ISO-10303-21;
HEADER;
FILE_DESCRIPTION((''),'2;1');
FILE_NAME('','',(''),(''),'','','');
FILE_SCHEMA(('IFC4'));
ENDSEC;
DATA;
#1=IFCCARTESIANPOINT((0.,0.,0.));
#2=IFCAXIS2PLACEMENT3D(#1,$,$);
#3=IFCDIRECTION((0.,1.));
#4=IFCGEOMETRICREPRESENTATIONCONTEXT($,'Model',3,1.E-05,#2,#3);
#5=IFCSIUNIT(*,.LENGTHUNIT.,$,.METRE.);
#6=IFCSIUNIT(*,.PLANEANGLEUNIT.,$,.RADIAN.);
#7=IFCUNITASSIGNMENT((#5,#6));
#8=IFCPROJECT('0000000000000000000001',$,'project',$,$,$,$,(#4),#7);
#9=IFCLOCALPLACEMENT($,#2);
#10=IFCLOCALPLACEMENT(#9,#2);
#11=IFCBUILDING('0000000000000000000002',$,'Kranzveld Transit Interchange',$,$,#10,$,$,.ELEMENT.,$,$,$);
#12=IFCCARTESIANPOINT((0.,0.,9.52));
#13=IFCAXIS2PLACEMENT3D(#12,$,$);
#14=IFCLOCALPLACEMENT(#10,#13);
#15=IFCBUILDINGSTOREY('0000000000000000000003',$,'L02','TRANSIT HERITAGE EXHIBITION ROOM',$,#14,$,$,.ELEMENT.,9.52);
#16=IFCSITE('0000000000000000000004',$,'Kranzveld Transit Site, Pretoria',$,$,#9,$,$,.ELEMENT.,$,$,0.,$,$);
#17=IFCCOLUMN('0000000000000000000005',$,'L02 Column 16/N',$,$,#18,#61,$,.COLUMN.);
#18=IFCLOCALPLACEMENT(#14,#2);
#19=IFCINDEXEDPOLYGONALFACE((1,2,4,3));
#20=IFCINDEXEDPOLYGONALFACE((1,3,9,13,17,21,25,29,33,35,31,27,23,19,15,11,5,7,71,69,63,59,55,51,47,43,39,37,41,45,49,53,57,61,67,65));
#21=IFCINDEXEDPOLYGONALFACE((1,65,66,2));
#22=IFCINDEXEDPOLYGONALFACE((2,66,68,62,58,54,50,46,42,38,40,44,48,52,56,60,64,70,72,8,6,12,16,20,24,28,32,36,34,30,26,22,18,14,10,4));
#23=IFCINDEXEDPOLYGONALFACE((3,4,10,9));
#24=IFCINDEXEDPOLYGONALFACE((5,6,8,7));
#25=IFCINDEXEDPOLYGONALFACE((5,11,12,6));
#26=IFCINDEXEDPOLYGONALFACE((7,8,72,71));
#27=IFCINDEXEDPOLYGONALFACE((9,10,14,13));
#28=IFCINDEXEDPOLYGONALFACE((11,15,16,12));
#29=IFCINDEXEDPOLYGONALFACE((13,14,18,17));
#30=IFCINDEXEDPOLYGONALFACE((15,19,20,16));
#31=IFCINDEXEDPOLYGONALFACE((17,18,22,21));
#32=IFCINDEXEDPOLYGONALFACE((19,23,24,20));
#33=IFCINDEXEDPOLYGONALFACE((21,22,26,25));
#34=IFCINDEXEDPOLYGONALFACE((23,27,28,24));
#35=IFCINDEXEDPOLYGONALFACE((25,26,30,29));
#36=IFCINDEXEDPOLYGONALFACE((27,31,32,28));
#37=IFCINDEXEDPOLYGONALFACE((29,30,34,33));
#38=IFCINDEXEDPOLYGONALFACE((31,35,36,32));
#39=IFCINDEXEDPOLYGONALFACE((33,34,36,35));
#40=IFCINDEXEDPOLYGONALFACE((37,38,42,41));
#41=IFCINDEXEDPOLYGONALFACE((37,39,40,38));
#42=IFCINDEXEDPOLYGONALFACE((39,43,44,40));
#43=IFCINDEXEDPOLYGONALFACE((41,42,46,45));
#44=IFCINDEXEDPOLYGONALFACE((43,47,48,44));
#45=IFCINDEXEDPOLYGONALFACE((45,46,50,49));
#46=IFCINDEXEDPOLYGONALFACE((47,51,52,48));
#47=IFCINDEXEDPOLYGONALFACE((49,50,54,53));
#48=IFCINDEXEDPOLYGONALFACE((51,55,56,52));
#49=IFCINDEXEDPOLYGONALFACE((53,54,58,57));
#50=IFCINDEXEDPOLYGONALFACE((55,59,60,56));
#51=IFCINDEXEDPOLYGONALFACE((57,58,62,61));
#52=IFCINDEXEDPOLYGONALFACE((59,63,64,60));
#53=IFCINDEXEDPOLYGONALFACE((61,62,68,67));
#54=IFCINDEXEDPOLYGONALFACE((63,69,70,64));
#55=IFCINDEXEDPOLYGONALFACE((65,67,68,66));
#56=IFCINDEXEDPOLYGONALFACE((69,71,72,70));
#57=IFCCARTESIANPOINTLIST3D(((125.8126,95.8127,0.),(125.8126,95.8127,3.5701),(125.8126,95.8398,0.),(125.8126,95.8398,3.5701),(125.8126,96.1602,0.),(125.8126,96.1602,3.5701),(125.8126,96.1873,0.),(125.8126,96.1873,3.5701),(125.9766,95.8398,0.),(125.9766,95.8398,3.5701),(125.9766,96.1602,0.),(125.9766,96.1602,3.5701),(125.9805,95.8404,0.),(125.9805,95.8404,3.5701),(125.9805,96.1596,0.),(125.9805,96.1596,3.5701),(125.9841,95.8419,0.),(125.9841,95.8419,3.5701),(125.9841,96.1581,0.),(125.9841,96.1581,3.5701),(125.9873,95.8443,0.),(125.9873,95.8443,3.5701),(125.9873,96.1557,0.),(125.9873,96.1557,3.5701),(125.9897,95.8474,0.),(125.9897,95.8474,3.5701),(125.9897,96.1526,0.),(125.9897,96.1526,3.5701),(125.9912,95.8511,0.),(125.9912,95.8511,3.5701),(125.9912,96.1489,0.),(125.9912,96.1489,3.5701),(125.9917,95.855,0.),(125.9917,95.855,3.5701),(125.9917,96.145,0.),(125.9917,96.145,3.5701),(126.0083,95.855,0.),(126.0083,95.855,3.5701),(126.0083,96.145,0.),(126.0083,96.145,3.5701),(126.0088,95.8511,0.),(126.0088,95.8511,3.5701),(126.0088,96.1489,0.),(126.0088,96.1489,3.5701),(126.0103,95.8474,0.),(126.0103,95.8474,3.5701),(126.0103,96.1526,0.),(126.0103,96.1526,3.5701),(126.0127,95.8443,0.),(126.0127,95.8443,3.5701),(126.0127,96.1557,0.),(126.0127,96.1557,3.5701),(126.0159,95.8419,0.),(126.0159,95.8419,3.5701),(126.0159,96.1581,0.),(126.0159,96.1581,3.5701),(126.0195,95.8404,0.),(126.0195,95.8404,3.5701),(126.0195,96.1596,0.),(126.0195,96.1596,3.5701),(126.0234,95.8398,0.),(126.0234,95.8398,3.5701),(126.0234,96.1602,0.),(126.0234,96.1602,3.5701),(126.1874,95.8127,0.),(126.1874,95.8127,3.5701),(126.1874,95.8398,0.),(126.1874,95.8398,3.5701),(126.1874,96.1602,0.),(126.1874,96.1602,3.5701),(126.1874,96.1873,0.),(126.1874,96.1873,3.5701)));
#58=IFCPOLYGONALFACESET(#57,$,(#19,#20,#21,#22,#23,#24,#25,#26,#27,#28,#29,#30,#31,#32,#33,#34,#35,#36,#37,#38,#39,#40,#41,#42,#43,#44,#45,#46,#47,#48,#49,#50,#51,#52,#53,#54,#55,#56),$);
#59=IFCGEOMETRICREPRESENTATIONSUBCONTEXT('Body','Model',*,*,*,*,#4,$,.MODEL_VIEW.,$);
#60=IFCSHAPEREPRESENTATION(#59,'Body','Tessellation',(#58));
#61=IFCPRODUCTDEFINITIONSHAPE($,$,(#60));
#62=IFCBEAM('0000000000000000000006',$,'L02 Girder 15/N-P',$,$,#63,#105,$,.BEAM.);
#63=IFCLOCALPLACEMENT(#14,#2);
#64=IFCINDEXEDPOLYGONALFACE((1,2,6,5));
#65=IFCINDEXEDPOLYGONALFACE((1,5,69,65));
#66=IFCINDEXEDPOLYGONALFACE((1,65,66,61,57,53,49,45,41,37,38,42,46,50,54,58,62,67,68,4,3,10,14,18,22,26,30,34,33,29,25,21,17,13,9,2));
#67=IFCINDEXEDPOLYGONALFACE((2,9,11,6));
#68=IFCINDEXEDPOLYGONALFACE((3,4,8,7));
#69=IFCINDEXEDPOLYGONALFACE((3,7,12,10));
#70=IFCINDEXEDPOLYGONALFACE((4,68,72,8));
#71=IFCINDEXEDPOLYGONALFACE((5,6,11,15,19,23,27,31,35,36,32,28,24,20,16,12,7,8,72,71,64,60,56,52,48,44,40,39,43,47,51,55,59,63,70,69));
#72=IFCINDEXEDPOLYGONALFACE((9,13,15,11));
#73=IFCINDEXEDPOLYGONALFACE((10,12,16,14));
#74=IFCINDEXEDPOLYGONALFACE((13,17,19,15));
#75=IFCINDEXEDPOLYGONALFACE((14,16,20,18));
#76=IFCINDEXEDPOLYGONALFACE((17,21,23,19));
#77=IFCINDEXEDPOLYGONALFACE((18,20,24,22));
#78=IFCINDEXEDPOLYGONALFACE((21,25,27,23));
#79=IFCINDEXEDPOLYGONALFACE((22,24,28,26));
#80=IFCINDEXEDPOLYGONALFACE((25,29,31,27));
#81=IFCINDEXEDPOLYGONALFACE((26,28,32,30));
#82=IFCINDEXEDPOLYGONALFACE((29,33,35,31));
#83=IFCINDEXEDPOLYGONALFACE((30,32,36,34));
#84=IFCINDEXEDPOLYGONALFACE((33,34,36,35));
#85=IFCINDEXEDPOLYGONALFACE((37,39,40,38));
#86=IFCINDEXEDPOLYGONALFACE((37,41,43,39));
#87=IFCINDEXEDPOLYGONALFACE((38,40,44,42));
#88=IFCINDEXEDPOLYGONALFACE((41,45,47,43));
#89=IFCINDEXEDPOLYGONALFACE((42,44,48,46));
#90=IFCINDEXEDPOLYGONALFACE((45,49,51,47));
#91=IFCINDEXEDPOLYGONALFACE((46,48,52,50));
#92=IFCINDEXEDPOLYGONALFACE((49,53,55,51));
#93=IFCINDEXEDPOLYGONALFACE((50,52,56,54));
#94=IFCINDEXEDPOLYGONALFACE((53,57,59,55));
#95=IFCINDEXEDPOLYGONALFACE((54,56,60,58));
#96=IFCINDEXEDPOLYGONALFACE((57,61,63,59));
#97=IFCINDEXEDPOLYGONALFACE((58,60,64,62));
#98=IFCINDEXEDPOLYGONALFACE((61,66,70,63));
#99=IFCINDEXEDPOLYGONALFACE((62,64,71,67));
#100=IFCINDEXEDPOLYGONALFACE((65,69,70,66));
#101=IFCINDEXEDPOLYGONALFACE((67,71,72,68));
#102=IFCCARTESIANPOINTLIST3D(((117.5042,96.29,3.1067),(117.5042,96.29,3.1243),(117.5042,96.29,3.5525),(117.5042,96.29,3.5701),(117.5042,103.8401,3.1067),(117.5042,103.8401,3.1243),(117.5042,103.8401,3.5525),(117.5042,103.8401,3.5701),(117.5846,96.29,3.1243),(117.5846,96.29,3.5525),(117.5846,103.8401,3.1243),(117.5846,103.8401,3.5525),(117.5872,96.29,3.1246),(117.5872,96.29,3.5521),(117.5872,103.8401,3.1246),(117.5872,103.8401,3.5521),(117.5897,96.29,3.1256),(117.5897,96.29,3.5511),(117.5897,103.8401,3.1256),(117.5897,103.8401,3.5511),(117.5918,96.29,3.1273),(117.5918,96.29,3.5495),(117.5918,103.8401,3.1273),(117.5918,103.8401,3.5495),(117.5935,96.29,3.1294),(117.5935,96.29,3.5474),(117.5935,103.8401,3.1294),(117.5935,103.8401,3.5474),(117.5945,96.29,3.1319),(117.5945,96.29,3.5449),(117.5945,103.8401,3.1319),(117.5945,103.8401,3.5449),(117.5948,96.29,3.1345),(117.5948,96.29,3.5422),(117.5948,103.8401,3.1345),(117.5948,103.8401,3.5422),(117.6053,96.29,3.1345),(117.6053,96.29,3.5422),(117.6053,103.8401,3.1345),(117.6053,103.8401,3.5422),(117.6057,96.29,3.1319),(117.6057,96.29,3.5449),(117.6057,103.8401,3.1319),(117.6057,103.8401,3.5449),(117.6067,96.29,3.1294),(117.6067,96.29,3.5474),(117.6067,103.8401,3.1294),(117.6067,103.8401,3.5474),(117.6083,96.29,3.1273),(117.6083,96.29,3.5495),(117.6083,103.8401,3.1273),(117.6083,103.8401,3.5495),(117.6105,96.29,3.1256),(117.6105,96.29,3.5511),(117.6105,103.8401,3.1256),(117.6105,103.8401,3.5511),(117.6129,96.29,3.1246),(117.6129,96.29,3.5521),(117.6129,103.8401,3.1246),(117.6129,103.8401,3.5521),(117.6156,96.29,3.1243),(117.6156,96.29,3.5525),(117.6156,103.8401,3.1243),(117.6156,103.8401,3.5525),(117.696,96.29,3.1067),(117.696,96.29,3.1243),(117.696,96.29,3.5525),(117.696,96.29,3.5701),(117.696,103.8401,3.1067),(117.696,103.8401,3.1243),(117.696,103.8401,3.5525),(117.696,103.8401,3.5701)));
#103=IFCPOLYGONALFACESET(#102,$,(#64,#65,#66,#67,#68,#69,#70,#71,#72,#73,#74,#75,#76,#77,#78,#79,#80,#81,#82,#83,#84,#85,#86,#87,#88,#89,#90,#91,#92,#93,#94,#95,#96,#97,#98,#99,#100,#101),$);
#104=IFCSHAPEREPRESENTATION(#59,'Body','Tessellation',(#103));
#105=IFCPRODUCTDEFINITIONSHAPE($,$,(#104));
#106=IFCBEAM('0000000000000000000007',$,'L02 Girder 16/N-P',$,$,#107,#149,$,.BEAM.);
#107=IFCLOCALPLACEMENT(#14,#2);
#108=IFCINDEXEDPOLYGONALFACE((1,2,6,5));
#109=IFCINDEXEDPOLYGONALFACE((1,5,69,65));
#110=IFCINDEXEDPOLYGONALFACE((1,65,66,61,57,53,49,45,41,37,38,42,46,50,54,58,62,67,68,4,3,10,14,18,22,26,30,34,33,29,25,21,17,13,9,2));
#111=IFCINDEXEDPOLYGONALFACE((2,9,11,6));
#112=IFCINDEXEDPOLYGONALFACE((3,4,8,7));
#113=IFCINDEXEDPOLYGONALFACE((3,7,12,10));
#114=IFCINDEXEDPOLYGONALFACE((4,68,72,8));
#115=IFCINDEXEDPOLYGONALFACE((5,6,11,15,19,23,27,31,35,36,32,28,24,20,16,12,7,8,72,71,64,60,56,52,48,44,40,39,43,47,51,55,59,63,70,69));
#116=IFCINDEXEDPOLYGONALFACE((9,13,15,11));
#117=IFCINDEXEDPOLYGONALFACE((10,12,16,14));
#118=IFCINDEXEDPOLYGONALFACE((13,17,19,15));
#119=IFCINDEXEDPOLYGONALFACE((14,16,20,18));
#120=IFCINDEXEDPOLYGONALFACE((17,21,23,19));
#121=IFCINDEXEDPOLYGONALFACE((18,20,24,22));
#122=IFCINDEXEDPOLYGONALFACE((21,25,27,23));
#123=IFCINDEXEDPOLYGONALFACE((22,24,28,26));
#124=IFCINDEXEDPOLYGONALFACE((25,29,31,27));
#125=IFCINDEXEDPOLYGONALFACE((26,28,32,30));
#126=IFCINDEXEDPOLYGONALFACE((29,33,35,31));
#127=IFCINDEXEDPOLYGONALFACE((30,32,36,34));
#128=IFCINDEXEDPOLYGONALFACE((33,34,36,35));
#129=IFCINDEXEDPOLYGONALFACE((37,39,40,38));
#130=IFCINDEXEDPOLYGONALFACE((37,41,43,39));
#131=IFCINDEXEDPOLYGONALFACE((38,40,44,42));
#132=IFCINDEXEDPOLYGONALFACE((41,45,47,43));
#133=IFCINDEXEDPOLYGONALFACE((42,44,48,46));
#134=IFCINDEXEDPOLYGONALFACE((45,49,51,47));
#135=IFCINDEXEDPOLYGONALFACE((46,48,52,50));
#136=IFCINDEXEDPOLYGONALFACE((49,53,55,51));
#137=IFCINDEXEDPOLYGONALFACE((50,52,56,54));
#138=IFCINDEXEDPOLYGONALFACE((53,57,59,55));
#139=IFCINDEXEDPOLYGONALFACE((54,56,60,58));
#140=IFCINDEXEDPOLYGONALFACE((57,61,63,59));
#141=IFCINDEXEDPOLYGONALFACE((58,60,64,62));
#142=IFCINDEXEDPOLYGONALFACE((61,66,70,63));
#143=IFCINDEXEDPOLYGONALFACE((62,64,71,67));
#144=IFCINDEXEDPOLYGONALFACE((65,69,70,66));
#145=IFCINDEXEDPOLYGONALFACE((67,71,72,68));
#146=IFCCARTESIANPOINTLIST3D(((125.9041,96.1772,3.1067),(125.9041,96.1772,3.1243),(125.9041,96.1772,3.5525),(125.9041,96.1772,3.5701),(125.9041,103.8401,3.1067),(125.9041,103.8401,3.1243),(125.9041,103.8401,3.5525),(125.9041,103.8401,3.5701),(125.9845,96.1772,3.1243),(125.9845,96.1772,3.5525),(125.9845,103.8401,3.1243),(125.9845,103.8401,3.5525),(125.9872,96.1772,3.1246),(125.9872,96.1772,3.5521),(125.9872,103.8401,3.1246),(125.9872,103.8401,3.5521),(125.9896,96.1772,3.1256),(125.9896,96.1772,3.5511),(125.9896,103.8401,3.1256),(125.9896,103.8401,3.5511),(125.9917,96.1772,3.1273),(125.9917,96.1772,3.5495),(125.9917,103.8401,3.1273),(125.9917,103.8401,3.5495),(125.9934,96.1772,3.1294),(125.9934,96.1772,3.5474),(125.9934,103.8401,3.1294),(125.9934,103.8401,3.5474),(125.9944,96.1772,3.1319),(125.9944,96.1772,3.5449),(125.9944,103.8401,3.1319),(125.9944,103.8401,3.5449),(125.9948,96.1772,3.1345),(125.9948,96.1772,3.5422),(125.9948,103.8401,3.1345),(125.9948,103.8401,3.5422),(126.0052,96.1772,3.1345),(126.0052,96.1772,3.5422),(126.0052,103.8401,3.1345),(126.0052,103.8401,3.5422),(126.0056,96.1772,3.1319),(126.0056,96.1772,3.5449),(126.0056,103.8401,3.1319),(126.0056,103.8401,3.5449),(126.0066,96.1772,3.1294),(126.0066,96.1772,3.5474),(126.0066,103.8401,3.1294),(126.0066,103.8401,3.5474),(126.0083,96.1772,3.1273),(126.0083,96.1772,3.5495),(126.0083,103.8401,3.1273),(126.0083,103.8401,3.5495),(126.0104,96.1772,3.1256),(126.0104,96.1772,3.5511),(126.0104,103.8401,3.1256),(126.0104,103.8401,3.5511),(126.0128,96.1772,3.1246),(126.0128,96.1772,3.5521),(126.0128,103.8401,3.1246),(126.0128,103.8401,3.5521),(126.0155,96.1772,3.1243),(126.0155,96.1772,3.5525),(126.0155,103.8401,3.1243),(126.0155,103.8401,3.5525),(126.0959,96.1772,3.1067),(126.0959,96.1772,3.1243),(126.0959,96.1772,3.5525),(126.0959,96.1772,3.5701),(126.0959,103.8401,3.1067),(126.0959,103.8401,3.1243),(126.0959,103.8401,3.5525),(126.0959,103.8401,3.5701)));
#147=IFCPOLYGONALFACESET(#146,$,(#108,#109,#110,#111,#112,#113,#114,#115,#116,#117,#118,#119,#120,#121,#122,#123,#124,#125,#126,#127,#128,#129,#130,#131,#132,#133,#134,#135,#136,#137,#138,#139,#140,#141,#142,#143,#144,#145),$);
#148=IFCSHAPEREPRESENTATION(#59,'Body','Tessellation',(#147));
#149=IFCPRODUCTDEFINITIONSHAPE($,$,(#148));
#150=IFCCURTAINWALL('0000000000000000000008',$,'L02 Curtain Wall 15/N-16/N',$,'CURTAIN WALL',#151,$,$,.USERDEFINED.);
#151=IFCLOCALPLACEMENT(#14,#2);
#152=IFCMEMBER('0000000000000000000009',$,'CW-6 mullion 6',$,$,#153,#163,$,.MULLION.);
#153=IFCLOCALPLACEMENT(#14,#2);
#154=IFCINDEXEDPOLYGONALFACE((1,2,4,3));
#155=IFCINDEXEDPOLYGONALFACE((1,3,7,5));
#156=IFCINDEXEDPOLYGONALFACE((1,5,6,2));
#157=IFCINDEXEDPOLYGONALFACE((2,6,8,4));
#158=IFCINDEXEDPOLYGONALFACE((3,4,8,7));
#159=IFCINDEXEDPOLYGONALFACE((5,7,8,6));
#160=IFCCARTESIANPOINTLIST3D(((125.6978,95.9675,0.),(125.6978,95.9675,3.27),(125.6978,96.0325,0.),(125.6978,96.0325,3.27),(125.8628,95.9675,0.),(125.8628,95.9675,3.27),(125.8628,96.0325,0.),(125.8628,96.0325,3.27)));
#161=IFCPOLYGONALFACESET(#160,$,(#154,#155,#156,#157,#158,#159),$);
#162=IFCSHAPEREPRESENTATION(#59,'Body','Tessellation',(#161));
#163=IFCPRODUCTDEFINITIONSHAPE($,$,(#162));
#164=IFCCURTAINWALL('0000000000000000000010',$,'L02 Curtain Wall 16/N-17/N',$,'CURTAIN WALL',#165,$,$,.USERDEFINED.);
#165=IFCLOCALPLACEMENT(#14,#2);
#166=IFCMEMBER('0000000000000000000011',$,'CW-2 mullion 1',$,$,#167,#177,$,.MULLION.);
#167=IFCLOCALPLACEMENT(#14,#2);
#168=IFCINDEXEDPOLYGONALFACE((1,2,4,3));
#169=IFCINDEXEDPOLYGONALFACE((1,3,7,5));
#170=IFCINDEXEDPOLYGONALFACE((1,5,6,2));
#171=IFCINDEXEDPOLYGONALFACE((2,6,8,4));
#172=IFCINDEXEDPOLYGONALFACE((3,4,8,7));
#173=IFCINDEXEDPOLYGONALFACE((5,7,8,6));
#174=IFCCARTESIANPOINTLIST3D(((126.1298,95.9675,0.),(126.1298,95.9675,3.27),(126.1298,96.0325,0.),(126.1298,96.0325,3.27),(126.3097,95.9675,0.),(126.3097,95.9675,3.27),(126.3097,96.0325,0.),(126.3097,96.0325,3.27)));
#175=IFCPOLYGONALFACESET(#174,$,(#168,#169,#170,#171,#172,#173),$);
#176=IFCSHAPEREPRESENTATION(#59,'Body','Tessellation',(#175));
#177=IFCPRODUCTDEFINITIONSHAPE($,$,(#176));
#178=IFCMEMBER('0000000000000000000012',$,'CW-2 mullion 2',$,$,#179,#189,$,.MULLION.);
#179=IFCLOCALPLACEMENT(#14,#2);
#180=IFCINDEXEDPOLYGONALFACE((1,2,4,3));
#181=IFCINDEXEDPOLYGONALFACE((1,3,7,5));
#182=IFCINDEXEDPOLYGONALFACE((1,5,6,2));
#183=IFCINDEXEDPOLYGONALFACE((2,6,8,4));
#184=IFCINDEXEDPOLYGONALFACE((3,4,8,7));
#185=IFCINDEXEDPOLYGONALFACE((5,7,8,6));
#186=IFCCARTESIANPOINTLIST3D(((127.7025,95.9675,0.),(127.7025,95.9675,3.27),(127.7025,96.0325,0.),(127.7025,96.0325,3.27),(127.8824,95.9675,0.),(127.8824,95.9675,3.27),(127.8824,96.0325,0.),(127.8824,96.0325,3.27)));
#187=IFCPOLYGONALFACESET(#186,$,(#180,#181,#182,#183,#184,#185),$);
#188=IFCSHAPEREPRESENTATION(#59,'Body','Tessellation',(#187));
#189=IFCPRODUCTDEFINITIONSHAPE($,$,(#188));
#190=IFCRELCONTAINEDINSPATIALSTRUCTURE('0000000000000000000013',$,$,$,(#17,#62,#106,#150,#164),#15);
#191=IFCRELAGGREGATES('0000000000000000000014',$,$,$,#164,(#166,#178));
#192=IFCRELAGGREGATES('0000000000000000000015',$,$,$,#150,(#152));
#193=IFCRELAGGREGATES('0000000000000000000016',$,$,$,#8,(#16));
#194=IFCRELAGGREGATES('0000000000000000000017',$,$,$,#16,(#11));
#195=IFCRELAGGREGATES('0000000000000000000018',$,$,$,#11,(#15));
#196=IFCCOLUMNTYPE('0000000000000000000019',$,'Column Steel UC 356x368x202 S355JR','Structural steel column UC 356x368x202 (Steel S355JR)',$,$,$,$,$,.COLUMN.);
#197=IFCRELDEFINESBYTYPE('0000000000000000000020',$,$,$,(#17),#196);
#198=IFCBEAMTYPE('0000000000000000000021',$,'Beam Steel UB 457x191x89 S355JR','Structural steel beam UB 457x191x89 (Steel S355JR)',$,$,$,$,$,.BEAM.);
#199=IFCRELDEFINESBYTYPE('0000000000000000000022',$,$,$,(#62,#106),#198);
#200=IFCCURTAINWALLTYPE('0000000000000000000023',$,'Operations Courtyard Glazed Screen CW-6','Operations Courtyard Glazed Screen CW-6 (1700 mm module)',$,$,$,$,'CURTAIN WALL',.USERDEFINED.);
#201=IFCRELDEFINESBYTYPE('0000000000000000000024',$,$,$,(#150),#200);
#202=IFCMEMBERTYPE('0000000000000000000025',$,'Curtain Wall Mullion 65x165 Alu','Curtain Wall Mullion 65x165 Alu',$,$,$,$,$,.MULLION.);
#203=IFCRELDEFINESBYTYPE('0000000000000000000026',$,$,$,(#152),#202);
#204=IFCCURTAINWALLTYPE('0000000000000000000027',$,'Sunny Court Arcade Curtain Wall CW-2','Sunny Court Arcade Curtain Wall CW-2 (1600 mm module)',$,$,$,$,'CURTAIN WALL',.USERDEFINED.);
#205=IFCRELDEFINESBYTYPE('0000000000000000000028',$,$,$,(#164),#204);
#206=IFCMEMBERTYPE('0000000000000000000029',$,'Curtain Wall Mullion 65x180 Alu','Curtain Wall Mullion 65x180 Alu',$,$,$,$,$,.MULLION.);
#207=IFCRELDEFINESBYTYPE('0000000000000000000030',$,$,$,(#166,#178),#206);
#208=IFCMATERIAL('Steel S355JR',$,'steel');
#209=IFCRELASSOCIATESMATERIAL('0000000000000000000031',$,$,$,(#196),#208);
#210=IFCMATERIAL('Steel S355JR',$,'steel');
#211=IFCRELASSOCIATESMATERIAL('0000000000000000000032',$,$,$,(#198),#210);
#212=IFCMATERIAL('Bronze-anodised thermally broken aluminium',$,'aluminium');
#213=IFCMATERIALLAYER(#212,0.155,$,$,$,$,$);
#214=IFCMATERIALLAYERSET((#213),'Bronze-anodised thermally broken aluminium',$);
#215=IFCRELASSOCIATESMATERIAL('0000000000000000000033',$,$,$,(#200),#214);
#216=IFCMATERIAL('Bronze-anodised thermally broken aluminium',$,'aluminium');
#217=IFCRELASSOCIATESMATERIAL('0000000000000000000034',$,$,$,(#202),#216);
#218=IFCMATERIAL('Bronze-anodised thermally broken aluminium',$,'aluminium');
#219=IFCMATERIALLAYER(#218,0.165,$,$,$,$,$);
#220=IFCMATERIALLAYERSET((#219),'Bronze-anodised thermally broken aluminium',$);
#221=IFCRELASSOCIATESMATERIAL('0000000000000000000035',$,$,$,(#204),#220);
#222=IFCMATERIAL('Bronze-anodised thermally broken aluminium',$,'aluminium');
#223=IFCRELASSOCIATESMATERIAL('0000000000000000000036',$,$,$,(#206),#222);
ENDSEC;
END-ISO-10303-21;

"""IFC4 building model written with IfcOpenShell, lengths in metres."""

from ifc_helpers import new_model, si_unit, direction, frame, origin, origin_2d, place, context, subcontext, project, spatial, rectangle, i_section, extrude, material, layer, layer_set, material_profile, profile_set, type_object, element, aggregate, save


model = new_model("IFC4")

# Units and contexts
model_context = context("Model", 3, precision=1e-05, world=origin(), true_north=direction((0.0, 1.0)))
body_context = subcontext(model_context, "Body", "Model", "MODEL_VIEW")
ifc_project = project(units=[si_unit("LENGTHUNIT", "METRE"), si_unit("PLANEANGLEUNIT", "RADIAN")], contexts=[model_context])

# Site, building, storey
site_placement = place(None, origin())
site = spatial("IfcSite", under=ifc_project, at=site_placement, Name="Kranzveld Transit Site, Pretoria", CompositionType="ELEMENT", RefElevation=0.0)
building_placement = place(site_placement, origin())
building = spatial("IfcBuilding", under=site, at=building_placement, Name="Kranzveld Transit Interchange", CompositionType="ELEMENT")
storey_placement = place(building_placement, frame((0.0, 0.0, 9.52)))
storey = spatial("IfcBuildingStorey", under=building, at=storey_placement, Name="L02", Description="TRANSIT HERITAGE EXHIBITION ROOM", CompositionType="ELEMENT", Elevation=9.52)

# Column
ifc_material_1 = material(Name="Steel S355JR", Category="steel")
ifc_material_profile_1 = material_profile(ifc_material_1, i_section(OverallWidth=0.3748, OverallDepth=0.3745, WebThickness=0.0166, FlangeThickness=0.0271, FilletRadius=0.0151, at=origin_2d()), Name="UC 356x368x202")
ifc_profile_set_1 = profile_set([ifc_material_profile_1], Name="Steel S355JR")
column_type = type_object("IfcColumnType", Name="Column Steel UC 356x368x202 S355JR", Description="Structural steel column UC 356x368x202 (Steel S355JR)", PredefinedType="COLUMN", material=ifc_profile_set_1)
column_placement = place(storey_placement, frame((126.0, 96.0, 0.0), z_axis=(0.0, 0.0, 1.0), x_axis=(1.0, 0.0, 0.0)))
element("IfcColumn", 1, at=column_placement, inside=storey, type_object=column_type, Name="L02 Column 16/N", PredefinedType="COLUMN", context=body_context, shape_type="SweptSolid", body=[
    extrude(i_section(OverallWidth=0.3748, OverallDepth=0.3745, WebThickness=0.0166, FlangeThickness=0.0271, FilletRadius=0.0151, at=origin_2d()), origin(), (0.0, 0.0, 1.0), 3.5701),
])

# Beams
ifc_material_2 = material(Name="Steel S355JR", Category="steel")
ifc_material_profile_2 = material_profile(ifc_material_2, i_section(OverallWidth=0.1919, OverallDepth=0.4634, WebThickness=0.0105, FlangeThickness=0.0176, FilletRadius=0.0103, at=origin_2d()), Name="UB 457x191x89")
ifc_profile_set_2 = profile_set([ifc_material_profile_2], Name="Steel S355JR")
beam_type_1 = type_object("IfcBeamType", Name="Beam Steel UB 457x191x89 S355JR", Description="Structural steel beam UB 457x191x89 (Steel S355JR)", PredefinedType="BEAM", material=ifc_profile_set_2)
beam_1_placement = place(storey_placement, frame((117.6001, 96.29, 3.3384), z_axis=(0.0, 1.0, 0.0), x_axis=(-1.0, 0.0, 0.0)))
element("IfcBeam", 2, at=beam_1_placement, inside=storey, type_object=beam_type_1, Name="L02 Girder 15/N-P", PredefinedType="BEAM", context=body_context, shape_type="SweptSolid", body=[
    extrude(i_section(OverallWidth=0.1919, OverallDepth=0.4634, WebThickness=0.0105, FlangeThickness=0.0176, FilletRadius=0.0103, at=origin_2d()), origin(), (0.0, 0.0, 1.0), 7.55),
])
beam_2_placement = place(storey_placement, frame((126.0, 96.1772, 3.3384), z_axis=(0.0, 1.0, 0.0), x_axis=(-1.0, 0.0, 0.0)))
element("IfcBeam", 3, at=beam_2_placement, inside=storey, type_object=beam_type_1, Name="L02 Girder 16/N-P", PredefinedType="BEAM", context=body_context, shape_type="SweptSolid", body=[
    extrude(i_section(OverallWidth=0.1919, OverallDepth=0.4634, WebThickness=0.0105, FlangeThickness=0.0176, FilletRadius=0.0103, at=origin_2d()), origin(), (0.0, 0.0, 1.0), 7.6628),
])

# Curtain wall, member
ifc_material_3 = material(Name="Bronze-anodised thermally broken aluminium", Category="aluminium")
ifc_layer_1 = layer(ifc_material_3, 0.155)
ifc_layer_set_1 = layer_set([ifc_layer_1], Name="Bronze-anodised thermally broken aluminium")
curtain_wall_type_1 = type_object("IfcCurtainWallType", Name="Operations Courtyard Glazed Screen CW-6", Description="Operations Courtyard Glazed Screen CW-6 (1700 mm module)", ElementType="CURTAIN WALL", PredefinedType="USERDEFINED", material=ifc_layer_set_1)
curtain_wall_1_placement = place(storey_placement, origin())
curtain_wall_1 = element("IfcCurtainWall", 4, at=curtain_wall_1_placement, inside=storey, type_object=curtain_wall_type_1, Name="L02 Curtain Wall 15/N-16/N", ObjectType="CURTAIN WALL", PredefinedType="USERDEFINED")
ifc_material_4 = material(Name="Bronze-anodised thermally broken aluminium", Category="aluminium")
ifc_material_profile_3 = material_profile(ifc_material_4, rectangle(XDim=0.0649, YDim=0.165, at=origin_2d()), Name="ALU MULLION 65x165")
ifc_profile_set_3 = profile_set([ifc_material_profile_3], Name="Bronze-anodised thermally broken aluminium")
member_type_1 = type_object("IfcMemberType", Name="Curtain Wall Mullion 65x165 Alu", Description="Curtain Wall Mullion 65x165 Alu", PredefinedType="MULLION", material=ifc_profile_set_3)
member_1_placement = place(storey_placement, frame((125.7803, 96.0, 0.0), z_axis=(0.0, 0.0, 1.0), x_axis=(0.0, 1.0, 0.0)))
member_1 = element("IfcMember", 5, at=member_1_placement, type_object=member_type_1, Name="CW-6 mullion 6", PredefinedType="MULLION", context=body_context, shape_type="SweptSolid", body=[
    extrude(rectangle(XDim=0.0649, YDim=0.165, at=origin_2d()), origin(), (0.0, 0.0, 1.0), 3.27),
])

# Curtain wall, members
ifc_material_5 = material(Name="Bronze-anodised thermally broken aluminium", Category="aluminium")
ifc_layer_2 = layer(ifc_material_5, 0.165)
ifc_layer_set_2 = layer_set([ifc_layer_2], Name="Bronze-anodised thermally broken aluminium")
curtain_wall_type_2 = type_object("IfcCurtainWallType", Name="Sunny Court Arcade Curtain Wall CW-2", Description="Sunny Court Arcade Curtain Wall CW-2 (1600 mm module)", ElementType="CURTAIN WALL", PredefinedType="USERDEFINED", material=ifc_layer_set_2)
curtain_wall_2_placement = place(storey_placement, origin())
curtain_wall_2 = element("IfcCurtainWall", 6, at=curtain_wall_2_placement, inside=storey, type_object=curtain_wall_type_2, Name="L02 Curtain Wall 16/N-17/N", ObjectType="CURTAIN WALL", PredefinedType="USERDEFINED")
ifc_material_6 = material(Name="Bronze-anodised thermally broken aluminium", Category="aluminium")
ifc_material_profile_4 = material_profile(ifc_material_6, rectangle(XDim=0.0649, YDim=0.1799, at=origin_2d()), Name="ALU MULLION 65x180")
ifc_profile_set_4 = profile_set([ifc_material_profile_4], Name="Bronze-anodised thermally broken aluminium")
member_type_2 = type_object("IfcMemberType", Name="Curtain Wall Mullion 65x180 Alu", Description="Curtain Wall Mullion 65x180 Alu", PredefinedType="MULLION", material=ifc_profile_set_4)
member_2_placement = place(storey_placement, frame((126.2197, 96.0, 0.0), z_axis=(0.0, 0.0, 1.0), x_axis=(0.0, 1.0, 0.0)))
member_2 = element("IfcMember", 7, at=member_2_placement, type_object=member_type_2, Name="CW-2 mullion 1", PredefinedType="MULLION", context=body_context, shape_type="SweptSolid", body=[
    extrude(rectangle(XDim=0.0649, YDim=0.1799, at=origin_2d()), origin(), (0.0, 0.0, 1.0), 3.27),
])
member_3_placement = place(storey_placement, frame((127.7925, 96.0, 0.0), z_axis=(0.0, 0.0, 1.0), x_axis=(0.0, 1.0, 0.0)))
member_3 = element("IfcMember", 8, at=member_3_placement, type_object=member_type_2, Name="CW-2 mullion 2", PredefinedType="MULLION", context=body_context, shape_type="SweptSolid", body=[
    extrude(rectangle(XDim=0.0649, YDim=0.1799, at=origin_2d()), origin(), (0.0, 0.0, 1.0), 3.27),
])

aggregate(curtain_wall_2, [member_2, member_3])
aggregate(curtain_wall_1, [member_1])

save(model, "model.ifc")
